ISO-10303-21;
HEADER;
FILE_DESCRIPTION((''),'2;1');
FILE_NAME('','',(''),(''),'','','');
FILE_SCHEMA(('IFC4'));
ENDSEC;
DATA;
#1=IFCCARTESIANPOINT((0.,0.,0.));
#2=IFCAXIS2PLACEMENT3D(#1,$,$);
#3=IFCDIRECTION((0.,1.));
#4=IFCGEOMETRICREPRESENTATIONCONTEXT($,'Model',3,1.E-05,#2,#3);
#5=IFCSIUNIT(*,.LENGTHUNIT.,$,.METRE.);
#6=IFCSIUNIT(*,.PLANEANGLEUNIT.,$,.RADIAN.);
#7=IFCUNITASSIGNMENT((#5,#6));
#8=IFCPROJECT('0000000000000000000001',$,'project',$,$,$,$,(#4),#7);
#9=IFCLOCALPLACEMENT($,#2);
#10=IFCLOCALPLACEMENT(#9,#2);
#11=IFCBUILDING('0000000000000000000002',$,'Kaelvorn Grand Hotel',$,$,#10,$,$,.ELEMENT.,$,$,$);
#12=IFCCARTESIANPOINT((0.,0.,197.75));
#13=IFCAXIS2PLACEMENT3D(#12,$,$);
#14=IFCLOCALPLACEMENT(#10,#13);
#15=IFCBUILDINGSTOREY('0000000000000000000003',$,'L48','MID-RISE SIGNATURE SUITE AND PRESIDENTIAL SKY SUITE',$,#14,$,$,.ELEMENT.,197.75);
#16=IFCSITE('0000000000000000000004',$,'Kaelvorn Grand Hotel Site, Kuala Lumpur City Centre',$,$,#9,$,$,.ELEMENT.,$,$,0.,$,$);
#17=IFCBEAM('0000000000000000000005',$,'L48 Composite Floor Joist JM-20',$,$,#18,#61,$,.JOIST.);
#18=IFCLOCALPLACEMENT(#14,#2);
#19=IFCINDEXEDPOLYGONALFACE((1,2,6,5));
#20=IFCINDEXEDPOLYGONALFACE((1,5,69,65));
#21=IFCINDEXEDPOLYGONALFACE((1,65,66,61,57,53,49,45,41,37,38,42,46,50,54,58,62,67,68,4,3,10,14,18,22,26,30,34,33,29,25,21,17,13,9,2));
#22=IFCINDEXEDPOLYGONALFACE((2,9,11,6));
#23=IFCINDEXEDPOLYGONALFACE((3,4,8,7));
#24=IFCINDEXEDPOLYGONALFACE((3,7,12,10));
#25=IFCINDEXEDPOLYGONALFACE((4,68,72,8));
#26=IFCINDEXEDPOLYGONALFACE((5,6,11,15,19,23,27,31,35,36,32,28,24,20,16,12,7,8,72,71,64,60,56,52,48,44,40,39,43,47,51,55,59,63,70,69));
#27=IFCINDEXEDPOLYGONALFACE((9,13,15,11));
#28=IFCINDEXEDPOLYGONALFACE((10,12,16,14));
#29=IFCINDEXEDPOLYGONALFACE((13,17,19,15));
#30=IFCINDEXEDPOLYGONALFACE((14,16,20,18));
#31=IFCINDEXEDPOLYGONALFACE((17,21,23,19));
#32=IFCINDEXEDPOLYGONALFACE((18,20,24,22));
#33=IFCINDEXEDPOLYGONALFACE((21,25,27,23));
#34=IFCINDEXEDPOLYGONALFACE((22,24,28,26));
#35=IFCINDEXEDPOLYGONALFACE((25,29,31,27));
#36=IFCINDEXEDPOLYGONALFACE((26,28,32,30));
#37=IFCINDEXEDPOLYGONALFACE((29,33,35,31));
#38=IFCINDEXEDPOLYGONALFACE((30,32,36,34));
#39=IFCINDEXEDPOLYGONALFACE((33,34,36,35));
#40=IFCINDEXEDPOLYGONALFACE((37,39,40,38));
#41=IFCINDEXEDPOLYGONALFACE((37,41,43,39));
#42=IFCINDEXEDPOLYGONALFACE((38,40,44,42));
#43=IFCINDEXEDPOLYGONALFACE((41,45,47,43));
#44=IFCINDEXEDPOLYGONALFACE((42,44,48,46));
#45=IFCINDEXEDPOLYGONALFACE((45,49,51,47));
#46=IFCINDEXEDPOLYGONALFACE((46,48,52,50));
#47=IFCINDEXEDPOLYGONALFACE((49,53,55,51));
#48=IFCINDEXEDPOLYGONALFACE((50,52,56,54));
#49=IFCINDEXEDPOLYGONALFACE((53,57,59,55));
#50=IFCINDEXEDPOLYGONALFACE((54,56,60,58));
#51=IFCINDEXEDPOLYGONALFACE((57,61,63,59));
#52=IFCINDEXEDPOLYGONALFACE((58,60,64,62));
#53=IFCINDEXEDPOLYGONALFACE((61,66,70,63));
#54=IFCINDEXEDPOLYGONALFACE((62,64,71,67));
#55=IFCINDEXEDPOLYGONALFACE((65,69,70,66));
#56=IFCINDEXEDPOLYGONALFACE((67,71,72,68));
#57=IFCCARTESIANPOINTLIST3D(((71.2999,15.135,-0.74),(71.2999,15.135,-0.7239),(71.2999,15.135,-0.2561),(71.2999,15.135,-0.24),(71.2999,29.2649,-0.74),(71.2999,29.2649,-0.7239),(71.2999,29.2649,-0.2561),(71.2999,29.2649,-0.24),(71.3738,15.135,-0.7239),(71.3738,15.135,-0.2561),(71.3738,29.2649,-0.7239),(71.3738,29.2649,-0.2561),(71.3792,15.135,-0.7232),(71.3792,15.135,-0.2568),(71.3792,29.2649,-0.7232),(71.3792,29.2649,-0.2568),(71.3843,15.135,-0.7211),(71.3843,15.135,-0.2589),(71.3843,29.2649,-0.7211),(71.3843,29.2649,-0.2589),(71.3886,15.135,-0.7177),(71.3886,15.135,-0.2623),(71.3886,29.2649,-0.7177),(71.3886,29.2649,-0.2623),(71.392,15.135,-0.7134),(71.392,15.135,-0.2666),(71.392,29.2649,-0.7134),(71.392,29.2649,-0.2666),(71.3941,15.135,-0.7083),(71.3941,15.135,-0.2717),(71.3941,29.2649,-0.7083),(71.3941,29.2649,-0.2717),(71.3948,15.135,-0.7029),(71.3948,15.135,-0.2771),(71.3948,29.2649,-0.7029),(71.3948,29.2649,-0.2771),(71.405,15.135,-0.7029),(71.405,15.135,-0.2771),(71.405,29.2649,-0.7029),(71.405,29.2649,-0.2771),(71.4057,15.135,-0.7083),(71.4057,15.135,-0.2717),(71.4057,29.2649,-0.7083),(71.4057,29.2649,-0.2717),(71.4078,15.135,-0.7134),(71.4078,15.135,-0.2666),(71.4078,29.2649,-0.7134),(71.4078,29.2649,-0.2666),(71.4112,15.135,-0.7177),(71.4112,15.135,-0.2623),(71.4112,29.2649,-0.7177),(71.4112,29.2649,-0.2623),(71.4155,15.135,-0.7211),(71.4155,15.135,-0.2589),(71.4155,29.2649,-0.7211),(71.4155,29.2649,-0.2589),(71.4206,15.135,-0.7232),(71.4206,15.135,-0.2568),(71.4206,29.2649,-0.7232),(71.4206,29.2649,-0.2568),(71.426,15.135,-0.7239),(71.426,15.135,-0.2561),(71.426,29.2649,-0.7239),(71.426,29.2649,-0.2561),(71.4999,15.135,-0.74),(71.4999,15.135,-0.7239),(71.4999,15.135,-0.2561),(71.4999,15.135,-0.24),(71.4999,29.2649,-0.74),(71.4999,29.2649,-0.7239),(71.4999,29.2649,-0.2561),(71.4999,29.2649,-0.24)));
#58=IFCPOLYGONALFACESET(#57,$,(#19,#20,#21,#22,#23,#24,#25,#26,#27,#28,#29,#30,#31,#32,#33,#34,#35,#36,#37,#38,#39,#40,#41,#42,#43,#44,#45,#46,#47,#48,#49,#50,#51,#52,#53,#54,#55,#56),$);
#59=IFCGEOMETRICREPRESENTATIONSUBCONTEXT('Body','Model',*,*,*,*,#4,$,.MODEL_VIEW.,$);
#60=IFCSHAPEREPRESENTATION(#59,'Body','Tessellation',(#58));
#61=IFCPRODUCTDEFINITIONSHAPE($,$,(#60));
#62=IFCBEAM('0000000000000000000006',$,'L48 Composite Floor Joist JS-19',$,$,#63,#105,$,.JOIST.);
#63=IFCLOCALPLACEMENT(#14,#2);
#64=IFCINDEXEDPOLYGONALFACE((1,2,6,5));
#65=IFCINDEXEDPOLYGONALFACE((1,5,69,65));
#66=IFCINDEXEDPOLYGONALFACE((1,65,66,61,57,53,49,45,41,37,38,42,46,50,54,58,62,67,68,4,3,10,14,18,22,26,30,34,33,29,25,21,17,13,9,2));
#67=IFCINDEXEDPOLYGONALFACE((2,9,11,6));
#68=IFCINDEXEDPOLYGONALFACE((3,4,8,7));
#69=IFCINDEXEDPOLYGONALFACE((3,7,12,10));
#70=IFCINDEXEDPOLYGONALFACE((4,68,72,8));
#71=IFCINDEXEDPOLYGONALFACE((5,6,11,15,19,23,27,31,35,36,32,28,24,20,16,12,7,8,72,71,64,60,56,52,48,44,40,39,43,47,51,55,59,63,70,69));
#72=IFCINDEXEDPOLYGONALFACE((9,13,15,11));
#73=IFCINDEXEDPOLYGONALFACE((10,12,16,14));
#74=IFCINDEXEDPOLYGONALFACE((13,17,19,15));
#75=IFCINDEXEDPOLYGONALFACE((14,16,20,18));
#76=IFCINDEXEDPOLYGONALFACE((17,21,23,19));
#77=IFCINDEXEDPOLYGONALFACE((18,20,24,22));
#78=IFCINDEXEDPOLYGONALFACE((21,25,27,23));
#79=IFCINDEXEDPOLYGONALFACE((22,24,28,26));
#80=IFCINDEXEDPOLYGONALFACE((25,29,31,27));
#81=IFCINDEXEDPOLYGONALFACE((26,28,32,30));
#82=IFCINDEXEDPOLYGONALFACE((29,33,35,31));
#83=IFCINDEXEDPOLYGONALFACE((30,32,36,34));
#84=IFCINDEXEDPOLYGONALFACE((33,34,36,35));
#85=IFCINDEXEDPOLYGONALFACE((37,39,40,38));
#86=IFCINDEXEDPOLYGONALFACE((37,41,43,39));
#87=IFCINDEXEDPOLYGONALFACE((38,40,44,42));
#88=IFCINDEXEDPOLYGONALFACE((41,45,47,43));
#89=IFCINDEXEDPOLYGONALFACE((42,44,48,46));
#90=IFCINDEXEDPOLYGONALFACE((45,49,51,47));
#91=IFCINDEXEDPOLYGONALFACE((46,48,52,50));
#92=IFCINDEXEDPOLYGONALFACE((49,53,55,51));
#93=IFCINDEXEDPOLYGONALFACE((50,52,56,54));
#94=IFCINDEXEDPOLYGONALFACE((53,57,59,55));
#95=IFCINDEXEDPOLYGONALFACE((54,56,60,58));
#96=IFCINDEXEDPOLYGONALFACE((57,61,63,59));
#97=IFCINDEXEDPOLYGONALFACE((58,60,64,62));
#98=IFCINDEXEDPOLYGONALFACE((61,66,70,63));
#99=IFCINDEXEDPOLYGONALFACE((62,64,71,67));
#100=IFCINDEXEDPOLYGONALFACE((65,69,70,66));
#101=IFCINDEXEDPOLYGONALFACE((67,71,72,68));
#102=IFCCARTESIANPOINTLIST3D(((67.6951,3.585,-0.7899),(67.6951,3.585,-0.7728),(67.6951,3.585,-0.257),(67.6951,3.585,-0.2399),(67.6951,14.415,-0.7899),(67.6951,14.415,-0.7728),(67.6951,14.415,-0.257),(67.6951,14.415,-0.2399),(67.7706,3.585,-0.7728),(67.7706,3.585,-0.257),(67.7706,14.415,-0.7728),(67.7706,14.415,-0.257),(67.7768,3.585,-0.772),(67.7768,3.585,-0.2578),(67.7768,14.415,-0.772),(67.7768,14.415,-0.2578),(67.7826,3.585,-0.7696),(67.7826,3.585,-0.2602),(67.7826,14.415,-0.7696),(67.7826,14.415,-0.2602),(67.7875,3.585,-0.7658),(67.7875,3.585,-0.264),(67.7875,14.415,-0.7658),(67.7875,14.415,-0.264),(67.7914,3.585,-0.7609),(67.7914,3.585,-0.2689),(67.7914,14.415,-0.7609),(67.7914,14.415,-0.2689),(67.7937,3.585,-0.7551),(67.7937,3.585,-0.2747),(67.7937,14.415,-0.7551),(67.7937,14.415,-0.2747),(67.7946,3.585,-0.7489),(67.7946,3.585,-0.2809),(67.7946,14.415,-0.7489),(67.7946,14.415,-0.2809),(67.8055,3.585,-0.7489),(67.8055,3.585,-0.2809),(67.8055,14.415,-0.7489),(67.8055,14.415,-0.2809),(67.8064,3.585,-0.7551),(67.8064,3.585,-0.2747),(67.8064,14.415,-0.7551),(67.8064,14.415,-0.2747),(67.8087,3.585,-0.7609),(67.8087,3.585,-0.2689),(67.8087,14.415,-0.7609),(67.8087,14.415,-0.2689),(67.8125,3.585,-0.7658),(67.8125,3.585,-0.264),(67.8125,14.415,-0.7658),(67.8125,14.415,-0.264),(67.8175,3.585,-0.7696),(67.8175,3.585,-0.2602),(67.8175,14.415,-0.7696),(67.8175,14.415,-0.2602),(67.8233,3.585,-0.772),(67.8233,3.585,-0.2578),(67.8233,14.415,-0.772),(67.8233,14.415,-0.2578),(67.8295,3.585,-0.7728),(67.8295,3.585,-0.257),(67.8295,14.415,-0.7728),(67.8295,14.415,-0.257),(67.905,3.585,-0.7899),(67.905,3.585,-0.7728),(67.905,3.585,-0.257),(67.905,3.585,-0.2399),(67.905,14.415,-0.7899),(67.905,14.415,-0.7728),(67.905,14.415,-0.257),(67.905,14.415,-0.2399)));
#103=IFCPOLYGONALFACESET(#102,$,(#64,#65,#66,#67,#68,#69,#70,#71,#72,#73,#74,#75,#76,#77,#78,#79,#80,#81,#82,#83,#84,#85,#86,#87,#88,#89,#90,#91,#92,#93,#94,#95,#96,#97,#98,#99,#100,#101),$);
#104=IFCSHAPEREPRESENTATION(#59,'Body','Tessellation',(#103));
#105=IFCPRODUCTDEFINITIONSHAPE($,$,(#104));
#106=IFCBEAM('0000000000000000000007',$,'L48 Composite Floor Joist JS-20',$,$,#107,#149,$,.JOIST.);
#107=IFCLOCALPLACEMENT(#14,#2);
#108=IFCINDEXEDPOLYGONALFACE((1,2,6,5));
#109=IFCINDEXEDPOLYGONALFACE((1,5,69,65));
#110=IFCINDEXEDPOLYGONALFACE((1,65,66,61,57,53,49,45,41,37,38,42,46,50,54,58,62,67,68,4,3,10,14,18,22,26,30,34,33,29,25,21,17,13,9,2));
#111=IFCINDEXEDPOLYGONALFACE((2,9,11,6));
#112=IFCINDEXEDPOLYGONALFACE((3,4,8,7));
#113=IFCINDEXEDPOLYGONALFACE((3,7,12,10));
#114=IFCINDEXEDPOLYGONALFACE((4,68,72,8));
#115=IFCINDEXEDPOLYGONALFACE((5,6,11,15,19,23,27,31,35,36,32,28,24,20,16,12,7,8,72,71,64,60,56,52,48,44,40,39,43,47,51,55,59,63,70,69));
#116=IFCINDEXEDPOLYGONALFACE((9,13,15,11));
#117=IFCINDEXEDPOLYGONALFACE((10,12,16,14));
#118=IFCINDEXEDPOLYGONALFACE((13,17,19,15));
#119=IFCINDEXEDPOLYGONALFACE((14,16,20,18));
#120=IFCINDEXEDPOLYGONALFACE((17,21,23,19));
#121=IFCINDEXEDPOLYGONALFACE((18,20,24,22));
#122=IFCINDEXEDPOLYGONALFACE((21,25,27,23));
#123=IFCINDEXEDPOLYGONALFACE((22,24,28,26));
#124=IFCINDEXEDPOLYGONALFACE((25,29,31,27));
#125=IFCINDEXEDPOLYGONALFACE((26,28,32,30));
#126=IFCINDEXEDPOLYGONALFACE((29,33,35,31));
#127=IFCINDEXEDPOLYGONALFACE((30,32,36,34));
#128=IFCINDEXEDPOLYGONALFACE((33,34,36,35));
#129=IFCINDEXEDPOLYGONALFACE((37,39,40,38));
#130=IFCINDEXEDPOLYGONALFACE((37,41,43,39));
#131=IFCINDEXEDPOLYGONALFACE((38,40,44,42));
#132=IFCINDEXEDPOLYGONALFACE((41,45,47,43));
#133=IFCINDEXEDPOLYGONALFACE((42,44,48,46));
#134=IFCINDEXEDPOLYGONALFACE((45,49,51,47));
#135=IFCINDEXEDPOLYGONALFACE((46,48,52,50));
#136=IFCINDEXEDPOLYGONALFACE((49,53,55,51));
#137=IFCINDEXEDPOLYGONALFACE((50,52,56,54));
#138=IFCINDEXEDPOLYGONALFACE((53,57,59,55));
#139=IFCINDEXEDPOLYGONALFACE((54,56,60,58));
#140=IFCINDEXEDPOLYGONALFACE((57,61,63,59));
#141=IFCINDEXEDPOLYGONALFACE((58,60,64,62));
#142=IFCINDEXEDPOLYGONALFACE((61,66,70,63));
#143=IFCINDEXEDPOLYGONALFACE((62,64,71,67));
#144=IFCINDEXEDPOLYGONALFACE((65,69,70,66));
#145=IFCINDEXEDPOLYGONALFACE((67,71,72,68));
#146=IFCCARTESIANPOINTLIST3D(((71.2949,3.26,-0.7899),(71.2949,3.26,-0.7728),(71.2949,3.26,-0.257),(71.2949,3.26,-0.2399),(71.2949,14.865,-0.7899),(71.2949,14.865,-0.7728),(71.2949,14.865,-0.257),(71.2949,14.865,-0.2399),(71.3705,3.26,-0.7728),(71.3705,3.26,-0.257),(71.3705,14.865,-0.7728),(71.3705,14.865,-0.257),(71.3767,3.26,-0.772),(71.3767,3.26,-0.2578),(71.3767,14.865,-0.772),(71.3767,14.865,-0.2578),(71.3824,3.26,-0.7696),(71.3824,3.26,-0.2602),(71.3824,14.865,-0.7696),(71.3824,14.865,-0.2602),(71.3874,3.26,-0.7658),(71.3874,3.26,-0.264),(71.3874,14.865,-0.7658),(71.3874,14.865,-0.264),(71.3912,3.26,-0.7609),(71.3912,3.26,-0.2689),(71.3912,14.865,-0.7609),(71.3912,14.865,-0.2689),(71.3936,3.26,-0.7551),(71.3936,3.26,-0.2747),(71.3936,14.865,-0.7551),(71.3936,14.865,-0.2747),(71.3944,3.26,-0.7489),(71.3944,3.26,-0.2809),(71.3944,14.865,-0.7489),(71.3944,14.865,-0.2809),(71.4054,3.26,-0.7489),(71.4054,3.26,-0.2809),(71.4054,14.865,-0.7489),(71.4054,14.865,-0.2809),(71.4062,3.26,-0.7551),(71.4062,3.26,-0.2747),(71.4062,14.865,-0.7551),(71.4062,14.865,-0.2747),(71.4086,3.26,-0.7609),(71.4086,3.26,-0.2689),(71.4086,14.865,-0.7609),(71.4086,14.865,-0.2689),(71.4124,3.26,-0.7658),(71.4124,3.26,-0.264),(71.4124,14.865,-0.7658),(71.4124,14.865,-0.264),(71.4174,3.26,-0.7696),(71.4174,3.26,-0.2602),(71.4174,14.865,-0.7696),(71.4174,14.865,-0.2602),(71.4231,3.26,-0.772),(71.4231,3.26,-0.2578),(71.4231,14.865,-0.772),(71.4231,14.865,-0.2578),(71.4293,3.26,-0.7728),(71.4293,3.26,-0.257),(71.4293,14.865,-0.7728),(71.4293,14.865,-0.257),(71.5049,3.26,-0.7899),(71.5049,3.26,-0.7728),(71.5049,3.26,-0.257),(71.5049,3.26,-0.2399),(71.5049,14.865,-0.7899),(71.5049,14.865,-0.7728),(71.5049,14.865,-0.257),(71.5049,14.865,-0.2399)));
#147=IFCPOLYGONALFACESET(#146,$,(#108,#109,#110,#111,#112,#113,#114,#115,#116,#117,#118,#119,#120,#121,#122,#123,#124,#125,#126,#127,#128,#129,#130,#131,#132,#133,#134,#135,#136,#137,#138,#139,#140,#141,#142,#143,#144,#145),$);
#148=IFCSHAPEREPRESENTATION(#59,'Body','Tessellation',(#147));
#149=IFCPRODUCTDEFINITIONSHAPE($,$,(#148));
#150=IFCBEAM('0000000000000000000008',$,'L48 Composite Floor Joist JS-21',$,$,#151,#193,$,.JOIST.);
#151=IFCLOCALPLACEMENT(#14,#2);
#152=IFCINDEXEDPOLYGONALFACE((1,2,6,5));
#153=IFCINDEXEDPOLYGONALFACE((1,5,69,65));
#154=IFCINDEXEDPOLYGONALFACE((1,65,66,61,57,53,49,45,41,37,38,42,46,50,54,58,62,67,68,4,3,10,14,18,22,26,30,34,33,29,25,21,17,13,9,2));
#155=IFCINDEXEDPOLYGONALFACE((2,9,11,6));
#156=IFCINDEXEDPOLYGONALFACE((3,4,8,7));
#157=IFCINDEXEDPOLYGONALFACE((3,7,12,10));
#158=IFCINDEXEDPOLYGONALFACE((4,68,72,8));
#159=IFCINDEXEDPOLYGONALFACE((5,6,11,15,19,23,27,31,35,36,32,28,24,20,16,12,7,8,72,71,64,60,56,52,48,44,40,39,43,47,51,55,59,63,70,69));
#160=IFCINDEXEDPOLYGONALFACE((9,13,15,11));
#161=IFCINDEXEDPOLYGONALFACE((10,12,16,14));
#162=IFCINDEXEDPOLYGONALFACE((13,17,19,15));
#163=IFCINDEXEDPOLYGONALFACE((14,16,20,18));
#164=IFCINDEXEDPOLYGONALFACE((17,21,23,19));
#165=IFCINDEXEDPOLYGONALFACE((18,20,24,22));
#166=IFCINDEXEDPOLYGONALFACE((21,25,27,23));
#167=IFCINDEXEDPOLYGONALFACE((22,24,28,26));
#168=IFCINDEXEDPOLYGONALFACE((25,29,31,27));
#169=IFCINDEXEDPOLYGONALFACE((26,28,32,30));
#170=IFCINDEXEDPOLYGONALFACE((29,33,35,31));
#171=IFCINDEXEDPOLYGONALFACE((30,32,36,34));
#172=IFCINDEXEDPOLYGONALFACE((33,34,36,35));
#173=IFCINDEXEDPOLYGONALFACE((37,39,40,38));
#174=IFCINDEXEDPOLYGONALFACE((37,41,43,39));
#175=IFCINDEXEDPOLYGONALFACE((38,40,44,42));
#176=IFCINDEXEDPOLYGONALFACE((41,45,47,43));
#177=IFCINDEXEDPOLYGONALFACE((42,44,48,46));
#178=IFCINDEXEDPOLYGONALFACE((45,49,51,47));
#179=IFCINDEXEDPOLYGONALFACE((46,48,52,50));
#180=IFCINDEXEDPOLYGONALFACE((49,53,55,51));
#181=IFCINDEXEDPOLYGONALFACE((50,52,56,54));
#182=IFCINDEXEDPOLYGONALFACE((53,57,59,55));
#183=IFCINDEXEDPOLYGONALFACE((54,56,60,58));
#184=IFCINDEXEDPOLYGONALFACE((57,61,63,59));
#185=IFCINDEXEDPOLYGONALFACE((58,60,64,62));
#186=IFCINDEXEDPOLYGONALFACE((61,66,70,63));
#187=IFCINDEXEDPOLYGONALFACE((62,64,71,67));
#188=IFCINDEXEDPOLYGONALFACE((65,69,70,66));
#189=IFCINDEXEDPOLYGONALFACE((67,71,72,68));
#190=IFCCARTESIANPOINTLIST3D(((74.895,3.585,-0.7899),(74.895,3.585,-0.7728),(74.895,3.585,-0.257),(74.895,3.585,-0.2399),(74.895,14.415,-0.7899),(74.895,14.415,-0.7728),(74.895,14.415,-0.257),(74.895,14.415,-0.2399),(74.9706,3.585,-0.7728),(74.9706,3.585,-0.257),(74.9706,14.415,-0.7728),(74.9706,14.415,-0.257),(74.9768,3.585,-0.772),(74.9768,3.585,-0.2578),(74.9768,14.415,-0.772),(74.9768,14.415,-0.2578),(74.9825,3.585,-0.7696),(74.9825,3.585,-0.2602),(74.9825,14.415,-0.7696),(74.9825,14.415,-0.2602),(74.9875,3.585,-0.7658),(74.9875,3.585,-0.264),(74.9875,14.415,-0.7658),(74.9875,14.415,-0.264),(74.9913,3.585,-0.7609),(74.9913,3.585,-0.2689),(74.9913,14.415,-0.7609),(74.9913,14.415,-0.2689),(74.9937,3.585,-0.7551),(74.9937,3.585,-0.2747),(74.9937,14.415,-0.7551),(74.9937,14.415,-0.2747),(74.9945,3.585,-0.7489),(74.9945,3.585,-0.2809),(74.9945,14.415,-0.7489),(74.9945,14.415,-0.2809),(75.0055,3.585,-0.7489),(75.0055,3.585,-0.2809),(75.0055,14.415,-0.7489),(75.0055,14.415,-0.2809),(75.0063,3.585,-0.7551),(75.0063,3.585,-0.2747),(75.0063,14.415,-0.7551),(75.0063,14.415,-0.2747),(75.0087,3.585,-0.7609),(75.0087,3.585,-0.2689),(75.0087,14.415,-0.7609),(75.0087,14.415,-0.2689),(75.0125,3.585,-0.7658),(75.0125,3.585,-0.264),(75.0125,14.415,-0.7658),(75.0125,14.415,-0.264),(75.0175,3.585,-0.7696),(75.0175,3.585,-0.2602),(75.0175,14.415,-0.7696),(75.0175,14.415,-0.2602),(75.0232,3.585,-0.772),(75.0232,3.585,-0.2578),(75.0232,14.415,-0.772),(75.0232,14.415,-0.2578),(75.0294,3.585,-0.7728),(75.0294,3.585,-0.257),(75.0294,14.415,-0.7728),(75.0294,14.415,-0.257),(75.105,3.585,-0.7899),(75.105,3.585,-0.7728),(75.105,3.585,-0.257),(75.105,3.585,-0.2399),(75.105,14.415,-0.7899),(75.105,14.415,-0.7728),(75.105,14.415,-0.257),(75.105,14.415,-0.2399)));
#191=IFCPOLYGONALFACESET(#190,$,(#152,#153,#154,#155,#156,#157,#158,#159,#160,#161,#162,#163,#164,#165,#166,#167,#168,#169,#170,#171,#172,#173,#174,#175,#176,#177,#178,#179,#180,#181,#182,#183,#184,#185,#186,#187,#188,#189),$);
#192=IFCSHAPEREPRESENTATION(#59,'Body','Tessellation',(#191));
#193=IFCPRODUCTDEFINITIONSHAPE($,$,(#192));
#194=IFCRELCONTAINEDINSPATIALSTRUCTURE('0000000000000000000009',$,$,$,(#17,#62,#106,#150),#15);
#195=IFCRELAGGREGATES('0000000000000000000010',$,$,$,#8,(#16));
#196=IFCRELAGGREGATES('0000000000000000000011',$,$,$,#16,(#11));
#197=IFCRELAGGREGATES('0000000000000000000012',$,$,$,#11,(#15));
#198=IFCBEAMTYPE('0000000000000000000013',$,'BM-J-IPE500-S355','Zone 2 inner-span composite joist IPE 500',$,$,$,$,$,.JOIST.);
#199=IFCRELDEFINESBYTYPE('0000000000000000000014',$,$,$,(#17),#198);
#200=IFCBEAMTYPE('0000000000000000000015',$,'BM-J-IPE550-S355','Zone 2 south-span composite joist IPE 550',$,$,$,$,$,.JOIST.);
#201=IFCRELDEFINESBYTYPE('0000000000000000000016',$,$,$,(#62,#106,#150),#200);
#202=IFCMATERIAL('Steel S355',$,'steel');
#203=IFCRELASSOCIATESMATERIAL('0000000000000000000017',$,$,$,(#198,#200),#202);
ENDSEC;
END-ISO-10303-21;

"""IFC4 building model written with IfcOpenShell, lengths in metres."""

from ifc_helpers import new_model, si_unit, direction, frame, origin, origin_2d, place, context, subcontext, project, spatial, i_section, extrude, material, material_profile, profile_set, type_object, element, save


model = new_model("IFC4")

# Units and contexts
model_context = context("Model", 3, precision=1e-05, world=origin(), true_north=direction((0.0, 1.0)))
body_context = subcontext(model_context, "Body", "Model", "MODEL_VIEW")
ifc_project = project(units=[si_unit("LENGTHUNIT", "METRE"), si_unit("PLANEANGLEUNIT", "RADIAN")], contexts=[model_context])

# Site, building, storey
site_placement = place(None, origin())
site = spatial("IfcSite", under=ifc_project, at=site_placement, Name="Kaelvorn Grand Hotel Site, Kuala Lumpur City Centre", CompositionType="ELEMENT", RefElevation=0.0)
building_placement = place(site_placement, origin())
building = spatial("IfcBuilding", under=site, at=building_placement, Name="Kaelvorn Grand Hotel", CompositionType="ELEMENT")
storey_placement = place(building_placement, frame((0.0, 0.0, 197.75)))
storey = spatial("IfcBuildingStorey", under=building, at=storey_placement, Name="L48", Description="MID-RISE SIGNATURE SUITE AND PRESIDENTIAL SKY SUITE", CompositionType="ELEMENT", Elevation=197.75)

# Beams
ifc_material_1 = material(Name="Steel S355", Category="steel")
ifc_material_profile_1 = material_profile(ifc_material_1, i_section(OverallWidth=0.2, OverallDepth=0.5, WebThickness=0.0103, FlangeThickness=0.0161, FilletRadius=0.021, at=origin_2d()), Name="IPE 500")
ifc_profile_set_1 = profile_set([ifc_material_profile_1], Name="Steel S355")
beam_type_1 = type_object("IfcBeamType", Name="BM-J-IPE500-S355", Description="Zone 2 inner-span composite joist IPE 500", PredefinedType="JOIST", material=ifc_profile_set_1)
beam_1_placement = place(storey_placement, frame((71.3999, 15.135, -0.49), z_axis=(0.0, 1.0, 0.0), x_axis=(-1.0, 0.0, 0.0)))
element("IfcBeam", 1, at=beam_1_placement, inside=storey, type_object=beam_type_1, Name="L48 Composite Floor Joist JM-20", PredefinedType="JOIST", context=body_context, shape_type="SweptSolid", body=[
    extrude(i_section(OverallWidth=0.2, OverallDepth=0.5, WebThickness=0.0103, FlangeThickness=0.0161, FilletRadius=0.021, at=origin_2d()), origin(), (0.0, 0.0, 1.0), 14.1299),
])
ifc_material_profile_2 = material_profile(ifc_material_1, i_section(OverallWidth=0.21, OverallDepth=0.55, WebThickness=0.011, FlangeThickness=0.0171, FilletRadius=0.0239, at=origin_2d()), Name="IPE 550")
ifc_profile_set_2 = profile_set([ifc_material_profile_2], Name="Steel S355")
beam_type_2 = type_object("IfcBeamType", Name="BM-J-IPE550-S355", Description="Zone 2 south-span composite joist IPE 550", PredefinedType="JOIST", material=ifc_profile_set_2)
beam_2_placement = place(storey_placement, frame((67.8, 3.585, -0.5149), z_axis=(0.0, 1.0, 0.0), x_axis=(-1.0, 0.0, 0.0)))
element("IfcBeam", 2, at=beam_2_placement, inside=storey, type_object=beam_type_2, Name="L48 Composite Floor Joist JS-19", PredefinedType="JOIST", context=body_context, shape_type="SweptSolid", body=[
    extrude(i_section(OverallWidth=0.21, OverallDepth=0.55, WebThickness=0.011, FlangeThickness=0.0171, FilletRadius=0.0239, at=origin_2d()), origin(), (0.0, 0.0, 1.0), 10.8301),
])
beam_3_placement = place(storey_placement, frame((71.3999, 3.26, -0.5149), z_axis=(0.0, 1.0, 0.0), x_axis=(-1.0, 0.0, 0.0)))
element("IfcBeam", 3, at=beam_3_placement, inside=storey, type_object=beam_type_2, Name="L48 Composite Floor Joist JS-20", PredefinedType="JOIST", context=body_context, shape_type="SweptSolid", body=[
    extrude(i_section(OverallWidth=0.21, OverallDepth=0.55, WebThickness=0.011, FlangeThickness=0.0171, FilletRadius=0.0239, at=origin_2d()), origin(), (0.0, 0.0, 1.0), 11.605),
])
beam_4_placement = place(storey_placement, frame((75.0, 3.585, -0.5149), z_axis=(0.0, 1.0, 0.0), x_axis=(-1.0, 0.0, 0.0)))
element("IfcBeam", 4, at=beam_4_placement, inside=storey, type_object=beam_type_2, Name="L48 Composite Floor Joist JS-21", PredefinedType="JOIST", context=body_context, shape_type="SweptSolid", body=[
    extrude(i_section(OverallWidth=0.21, OverallDepth=0.55, WebThickness=0.011, FlangeThickness=0.0171, FilletRadius=0.0239, at=origin_2d()), origin(), (0.0, 0.0, 1.0), 10.8301),
])

save(model, "model.ifc")
